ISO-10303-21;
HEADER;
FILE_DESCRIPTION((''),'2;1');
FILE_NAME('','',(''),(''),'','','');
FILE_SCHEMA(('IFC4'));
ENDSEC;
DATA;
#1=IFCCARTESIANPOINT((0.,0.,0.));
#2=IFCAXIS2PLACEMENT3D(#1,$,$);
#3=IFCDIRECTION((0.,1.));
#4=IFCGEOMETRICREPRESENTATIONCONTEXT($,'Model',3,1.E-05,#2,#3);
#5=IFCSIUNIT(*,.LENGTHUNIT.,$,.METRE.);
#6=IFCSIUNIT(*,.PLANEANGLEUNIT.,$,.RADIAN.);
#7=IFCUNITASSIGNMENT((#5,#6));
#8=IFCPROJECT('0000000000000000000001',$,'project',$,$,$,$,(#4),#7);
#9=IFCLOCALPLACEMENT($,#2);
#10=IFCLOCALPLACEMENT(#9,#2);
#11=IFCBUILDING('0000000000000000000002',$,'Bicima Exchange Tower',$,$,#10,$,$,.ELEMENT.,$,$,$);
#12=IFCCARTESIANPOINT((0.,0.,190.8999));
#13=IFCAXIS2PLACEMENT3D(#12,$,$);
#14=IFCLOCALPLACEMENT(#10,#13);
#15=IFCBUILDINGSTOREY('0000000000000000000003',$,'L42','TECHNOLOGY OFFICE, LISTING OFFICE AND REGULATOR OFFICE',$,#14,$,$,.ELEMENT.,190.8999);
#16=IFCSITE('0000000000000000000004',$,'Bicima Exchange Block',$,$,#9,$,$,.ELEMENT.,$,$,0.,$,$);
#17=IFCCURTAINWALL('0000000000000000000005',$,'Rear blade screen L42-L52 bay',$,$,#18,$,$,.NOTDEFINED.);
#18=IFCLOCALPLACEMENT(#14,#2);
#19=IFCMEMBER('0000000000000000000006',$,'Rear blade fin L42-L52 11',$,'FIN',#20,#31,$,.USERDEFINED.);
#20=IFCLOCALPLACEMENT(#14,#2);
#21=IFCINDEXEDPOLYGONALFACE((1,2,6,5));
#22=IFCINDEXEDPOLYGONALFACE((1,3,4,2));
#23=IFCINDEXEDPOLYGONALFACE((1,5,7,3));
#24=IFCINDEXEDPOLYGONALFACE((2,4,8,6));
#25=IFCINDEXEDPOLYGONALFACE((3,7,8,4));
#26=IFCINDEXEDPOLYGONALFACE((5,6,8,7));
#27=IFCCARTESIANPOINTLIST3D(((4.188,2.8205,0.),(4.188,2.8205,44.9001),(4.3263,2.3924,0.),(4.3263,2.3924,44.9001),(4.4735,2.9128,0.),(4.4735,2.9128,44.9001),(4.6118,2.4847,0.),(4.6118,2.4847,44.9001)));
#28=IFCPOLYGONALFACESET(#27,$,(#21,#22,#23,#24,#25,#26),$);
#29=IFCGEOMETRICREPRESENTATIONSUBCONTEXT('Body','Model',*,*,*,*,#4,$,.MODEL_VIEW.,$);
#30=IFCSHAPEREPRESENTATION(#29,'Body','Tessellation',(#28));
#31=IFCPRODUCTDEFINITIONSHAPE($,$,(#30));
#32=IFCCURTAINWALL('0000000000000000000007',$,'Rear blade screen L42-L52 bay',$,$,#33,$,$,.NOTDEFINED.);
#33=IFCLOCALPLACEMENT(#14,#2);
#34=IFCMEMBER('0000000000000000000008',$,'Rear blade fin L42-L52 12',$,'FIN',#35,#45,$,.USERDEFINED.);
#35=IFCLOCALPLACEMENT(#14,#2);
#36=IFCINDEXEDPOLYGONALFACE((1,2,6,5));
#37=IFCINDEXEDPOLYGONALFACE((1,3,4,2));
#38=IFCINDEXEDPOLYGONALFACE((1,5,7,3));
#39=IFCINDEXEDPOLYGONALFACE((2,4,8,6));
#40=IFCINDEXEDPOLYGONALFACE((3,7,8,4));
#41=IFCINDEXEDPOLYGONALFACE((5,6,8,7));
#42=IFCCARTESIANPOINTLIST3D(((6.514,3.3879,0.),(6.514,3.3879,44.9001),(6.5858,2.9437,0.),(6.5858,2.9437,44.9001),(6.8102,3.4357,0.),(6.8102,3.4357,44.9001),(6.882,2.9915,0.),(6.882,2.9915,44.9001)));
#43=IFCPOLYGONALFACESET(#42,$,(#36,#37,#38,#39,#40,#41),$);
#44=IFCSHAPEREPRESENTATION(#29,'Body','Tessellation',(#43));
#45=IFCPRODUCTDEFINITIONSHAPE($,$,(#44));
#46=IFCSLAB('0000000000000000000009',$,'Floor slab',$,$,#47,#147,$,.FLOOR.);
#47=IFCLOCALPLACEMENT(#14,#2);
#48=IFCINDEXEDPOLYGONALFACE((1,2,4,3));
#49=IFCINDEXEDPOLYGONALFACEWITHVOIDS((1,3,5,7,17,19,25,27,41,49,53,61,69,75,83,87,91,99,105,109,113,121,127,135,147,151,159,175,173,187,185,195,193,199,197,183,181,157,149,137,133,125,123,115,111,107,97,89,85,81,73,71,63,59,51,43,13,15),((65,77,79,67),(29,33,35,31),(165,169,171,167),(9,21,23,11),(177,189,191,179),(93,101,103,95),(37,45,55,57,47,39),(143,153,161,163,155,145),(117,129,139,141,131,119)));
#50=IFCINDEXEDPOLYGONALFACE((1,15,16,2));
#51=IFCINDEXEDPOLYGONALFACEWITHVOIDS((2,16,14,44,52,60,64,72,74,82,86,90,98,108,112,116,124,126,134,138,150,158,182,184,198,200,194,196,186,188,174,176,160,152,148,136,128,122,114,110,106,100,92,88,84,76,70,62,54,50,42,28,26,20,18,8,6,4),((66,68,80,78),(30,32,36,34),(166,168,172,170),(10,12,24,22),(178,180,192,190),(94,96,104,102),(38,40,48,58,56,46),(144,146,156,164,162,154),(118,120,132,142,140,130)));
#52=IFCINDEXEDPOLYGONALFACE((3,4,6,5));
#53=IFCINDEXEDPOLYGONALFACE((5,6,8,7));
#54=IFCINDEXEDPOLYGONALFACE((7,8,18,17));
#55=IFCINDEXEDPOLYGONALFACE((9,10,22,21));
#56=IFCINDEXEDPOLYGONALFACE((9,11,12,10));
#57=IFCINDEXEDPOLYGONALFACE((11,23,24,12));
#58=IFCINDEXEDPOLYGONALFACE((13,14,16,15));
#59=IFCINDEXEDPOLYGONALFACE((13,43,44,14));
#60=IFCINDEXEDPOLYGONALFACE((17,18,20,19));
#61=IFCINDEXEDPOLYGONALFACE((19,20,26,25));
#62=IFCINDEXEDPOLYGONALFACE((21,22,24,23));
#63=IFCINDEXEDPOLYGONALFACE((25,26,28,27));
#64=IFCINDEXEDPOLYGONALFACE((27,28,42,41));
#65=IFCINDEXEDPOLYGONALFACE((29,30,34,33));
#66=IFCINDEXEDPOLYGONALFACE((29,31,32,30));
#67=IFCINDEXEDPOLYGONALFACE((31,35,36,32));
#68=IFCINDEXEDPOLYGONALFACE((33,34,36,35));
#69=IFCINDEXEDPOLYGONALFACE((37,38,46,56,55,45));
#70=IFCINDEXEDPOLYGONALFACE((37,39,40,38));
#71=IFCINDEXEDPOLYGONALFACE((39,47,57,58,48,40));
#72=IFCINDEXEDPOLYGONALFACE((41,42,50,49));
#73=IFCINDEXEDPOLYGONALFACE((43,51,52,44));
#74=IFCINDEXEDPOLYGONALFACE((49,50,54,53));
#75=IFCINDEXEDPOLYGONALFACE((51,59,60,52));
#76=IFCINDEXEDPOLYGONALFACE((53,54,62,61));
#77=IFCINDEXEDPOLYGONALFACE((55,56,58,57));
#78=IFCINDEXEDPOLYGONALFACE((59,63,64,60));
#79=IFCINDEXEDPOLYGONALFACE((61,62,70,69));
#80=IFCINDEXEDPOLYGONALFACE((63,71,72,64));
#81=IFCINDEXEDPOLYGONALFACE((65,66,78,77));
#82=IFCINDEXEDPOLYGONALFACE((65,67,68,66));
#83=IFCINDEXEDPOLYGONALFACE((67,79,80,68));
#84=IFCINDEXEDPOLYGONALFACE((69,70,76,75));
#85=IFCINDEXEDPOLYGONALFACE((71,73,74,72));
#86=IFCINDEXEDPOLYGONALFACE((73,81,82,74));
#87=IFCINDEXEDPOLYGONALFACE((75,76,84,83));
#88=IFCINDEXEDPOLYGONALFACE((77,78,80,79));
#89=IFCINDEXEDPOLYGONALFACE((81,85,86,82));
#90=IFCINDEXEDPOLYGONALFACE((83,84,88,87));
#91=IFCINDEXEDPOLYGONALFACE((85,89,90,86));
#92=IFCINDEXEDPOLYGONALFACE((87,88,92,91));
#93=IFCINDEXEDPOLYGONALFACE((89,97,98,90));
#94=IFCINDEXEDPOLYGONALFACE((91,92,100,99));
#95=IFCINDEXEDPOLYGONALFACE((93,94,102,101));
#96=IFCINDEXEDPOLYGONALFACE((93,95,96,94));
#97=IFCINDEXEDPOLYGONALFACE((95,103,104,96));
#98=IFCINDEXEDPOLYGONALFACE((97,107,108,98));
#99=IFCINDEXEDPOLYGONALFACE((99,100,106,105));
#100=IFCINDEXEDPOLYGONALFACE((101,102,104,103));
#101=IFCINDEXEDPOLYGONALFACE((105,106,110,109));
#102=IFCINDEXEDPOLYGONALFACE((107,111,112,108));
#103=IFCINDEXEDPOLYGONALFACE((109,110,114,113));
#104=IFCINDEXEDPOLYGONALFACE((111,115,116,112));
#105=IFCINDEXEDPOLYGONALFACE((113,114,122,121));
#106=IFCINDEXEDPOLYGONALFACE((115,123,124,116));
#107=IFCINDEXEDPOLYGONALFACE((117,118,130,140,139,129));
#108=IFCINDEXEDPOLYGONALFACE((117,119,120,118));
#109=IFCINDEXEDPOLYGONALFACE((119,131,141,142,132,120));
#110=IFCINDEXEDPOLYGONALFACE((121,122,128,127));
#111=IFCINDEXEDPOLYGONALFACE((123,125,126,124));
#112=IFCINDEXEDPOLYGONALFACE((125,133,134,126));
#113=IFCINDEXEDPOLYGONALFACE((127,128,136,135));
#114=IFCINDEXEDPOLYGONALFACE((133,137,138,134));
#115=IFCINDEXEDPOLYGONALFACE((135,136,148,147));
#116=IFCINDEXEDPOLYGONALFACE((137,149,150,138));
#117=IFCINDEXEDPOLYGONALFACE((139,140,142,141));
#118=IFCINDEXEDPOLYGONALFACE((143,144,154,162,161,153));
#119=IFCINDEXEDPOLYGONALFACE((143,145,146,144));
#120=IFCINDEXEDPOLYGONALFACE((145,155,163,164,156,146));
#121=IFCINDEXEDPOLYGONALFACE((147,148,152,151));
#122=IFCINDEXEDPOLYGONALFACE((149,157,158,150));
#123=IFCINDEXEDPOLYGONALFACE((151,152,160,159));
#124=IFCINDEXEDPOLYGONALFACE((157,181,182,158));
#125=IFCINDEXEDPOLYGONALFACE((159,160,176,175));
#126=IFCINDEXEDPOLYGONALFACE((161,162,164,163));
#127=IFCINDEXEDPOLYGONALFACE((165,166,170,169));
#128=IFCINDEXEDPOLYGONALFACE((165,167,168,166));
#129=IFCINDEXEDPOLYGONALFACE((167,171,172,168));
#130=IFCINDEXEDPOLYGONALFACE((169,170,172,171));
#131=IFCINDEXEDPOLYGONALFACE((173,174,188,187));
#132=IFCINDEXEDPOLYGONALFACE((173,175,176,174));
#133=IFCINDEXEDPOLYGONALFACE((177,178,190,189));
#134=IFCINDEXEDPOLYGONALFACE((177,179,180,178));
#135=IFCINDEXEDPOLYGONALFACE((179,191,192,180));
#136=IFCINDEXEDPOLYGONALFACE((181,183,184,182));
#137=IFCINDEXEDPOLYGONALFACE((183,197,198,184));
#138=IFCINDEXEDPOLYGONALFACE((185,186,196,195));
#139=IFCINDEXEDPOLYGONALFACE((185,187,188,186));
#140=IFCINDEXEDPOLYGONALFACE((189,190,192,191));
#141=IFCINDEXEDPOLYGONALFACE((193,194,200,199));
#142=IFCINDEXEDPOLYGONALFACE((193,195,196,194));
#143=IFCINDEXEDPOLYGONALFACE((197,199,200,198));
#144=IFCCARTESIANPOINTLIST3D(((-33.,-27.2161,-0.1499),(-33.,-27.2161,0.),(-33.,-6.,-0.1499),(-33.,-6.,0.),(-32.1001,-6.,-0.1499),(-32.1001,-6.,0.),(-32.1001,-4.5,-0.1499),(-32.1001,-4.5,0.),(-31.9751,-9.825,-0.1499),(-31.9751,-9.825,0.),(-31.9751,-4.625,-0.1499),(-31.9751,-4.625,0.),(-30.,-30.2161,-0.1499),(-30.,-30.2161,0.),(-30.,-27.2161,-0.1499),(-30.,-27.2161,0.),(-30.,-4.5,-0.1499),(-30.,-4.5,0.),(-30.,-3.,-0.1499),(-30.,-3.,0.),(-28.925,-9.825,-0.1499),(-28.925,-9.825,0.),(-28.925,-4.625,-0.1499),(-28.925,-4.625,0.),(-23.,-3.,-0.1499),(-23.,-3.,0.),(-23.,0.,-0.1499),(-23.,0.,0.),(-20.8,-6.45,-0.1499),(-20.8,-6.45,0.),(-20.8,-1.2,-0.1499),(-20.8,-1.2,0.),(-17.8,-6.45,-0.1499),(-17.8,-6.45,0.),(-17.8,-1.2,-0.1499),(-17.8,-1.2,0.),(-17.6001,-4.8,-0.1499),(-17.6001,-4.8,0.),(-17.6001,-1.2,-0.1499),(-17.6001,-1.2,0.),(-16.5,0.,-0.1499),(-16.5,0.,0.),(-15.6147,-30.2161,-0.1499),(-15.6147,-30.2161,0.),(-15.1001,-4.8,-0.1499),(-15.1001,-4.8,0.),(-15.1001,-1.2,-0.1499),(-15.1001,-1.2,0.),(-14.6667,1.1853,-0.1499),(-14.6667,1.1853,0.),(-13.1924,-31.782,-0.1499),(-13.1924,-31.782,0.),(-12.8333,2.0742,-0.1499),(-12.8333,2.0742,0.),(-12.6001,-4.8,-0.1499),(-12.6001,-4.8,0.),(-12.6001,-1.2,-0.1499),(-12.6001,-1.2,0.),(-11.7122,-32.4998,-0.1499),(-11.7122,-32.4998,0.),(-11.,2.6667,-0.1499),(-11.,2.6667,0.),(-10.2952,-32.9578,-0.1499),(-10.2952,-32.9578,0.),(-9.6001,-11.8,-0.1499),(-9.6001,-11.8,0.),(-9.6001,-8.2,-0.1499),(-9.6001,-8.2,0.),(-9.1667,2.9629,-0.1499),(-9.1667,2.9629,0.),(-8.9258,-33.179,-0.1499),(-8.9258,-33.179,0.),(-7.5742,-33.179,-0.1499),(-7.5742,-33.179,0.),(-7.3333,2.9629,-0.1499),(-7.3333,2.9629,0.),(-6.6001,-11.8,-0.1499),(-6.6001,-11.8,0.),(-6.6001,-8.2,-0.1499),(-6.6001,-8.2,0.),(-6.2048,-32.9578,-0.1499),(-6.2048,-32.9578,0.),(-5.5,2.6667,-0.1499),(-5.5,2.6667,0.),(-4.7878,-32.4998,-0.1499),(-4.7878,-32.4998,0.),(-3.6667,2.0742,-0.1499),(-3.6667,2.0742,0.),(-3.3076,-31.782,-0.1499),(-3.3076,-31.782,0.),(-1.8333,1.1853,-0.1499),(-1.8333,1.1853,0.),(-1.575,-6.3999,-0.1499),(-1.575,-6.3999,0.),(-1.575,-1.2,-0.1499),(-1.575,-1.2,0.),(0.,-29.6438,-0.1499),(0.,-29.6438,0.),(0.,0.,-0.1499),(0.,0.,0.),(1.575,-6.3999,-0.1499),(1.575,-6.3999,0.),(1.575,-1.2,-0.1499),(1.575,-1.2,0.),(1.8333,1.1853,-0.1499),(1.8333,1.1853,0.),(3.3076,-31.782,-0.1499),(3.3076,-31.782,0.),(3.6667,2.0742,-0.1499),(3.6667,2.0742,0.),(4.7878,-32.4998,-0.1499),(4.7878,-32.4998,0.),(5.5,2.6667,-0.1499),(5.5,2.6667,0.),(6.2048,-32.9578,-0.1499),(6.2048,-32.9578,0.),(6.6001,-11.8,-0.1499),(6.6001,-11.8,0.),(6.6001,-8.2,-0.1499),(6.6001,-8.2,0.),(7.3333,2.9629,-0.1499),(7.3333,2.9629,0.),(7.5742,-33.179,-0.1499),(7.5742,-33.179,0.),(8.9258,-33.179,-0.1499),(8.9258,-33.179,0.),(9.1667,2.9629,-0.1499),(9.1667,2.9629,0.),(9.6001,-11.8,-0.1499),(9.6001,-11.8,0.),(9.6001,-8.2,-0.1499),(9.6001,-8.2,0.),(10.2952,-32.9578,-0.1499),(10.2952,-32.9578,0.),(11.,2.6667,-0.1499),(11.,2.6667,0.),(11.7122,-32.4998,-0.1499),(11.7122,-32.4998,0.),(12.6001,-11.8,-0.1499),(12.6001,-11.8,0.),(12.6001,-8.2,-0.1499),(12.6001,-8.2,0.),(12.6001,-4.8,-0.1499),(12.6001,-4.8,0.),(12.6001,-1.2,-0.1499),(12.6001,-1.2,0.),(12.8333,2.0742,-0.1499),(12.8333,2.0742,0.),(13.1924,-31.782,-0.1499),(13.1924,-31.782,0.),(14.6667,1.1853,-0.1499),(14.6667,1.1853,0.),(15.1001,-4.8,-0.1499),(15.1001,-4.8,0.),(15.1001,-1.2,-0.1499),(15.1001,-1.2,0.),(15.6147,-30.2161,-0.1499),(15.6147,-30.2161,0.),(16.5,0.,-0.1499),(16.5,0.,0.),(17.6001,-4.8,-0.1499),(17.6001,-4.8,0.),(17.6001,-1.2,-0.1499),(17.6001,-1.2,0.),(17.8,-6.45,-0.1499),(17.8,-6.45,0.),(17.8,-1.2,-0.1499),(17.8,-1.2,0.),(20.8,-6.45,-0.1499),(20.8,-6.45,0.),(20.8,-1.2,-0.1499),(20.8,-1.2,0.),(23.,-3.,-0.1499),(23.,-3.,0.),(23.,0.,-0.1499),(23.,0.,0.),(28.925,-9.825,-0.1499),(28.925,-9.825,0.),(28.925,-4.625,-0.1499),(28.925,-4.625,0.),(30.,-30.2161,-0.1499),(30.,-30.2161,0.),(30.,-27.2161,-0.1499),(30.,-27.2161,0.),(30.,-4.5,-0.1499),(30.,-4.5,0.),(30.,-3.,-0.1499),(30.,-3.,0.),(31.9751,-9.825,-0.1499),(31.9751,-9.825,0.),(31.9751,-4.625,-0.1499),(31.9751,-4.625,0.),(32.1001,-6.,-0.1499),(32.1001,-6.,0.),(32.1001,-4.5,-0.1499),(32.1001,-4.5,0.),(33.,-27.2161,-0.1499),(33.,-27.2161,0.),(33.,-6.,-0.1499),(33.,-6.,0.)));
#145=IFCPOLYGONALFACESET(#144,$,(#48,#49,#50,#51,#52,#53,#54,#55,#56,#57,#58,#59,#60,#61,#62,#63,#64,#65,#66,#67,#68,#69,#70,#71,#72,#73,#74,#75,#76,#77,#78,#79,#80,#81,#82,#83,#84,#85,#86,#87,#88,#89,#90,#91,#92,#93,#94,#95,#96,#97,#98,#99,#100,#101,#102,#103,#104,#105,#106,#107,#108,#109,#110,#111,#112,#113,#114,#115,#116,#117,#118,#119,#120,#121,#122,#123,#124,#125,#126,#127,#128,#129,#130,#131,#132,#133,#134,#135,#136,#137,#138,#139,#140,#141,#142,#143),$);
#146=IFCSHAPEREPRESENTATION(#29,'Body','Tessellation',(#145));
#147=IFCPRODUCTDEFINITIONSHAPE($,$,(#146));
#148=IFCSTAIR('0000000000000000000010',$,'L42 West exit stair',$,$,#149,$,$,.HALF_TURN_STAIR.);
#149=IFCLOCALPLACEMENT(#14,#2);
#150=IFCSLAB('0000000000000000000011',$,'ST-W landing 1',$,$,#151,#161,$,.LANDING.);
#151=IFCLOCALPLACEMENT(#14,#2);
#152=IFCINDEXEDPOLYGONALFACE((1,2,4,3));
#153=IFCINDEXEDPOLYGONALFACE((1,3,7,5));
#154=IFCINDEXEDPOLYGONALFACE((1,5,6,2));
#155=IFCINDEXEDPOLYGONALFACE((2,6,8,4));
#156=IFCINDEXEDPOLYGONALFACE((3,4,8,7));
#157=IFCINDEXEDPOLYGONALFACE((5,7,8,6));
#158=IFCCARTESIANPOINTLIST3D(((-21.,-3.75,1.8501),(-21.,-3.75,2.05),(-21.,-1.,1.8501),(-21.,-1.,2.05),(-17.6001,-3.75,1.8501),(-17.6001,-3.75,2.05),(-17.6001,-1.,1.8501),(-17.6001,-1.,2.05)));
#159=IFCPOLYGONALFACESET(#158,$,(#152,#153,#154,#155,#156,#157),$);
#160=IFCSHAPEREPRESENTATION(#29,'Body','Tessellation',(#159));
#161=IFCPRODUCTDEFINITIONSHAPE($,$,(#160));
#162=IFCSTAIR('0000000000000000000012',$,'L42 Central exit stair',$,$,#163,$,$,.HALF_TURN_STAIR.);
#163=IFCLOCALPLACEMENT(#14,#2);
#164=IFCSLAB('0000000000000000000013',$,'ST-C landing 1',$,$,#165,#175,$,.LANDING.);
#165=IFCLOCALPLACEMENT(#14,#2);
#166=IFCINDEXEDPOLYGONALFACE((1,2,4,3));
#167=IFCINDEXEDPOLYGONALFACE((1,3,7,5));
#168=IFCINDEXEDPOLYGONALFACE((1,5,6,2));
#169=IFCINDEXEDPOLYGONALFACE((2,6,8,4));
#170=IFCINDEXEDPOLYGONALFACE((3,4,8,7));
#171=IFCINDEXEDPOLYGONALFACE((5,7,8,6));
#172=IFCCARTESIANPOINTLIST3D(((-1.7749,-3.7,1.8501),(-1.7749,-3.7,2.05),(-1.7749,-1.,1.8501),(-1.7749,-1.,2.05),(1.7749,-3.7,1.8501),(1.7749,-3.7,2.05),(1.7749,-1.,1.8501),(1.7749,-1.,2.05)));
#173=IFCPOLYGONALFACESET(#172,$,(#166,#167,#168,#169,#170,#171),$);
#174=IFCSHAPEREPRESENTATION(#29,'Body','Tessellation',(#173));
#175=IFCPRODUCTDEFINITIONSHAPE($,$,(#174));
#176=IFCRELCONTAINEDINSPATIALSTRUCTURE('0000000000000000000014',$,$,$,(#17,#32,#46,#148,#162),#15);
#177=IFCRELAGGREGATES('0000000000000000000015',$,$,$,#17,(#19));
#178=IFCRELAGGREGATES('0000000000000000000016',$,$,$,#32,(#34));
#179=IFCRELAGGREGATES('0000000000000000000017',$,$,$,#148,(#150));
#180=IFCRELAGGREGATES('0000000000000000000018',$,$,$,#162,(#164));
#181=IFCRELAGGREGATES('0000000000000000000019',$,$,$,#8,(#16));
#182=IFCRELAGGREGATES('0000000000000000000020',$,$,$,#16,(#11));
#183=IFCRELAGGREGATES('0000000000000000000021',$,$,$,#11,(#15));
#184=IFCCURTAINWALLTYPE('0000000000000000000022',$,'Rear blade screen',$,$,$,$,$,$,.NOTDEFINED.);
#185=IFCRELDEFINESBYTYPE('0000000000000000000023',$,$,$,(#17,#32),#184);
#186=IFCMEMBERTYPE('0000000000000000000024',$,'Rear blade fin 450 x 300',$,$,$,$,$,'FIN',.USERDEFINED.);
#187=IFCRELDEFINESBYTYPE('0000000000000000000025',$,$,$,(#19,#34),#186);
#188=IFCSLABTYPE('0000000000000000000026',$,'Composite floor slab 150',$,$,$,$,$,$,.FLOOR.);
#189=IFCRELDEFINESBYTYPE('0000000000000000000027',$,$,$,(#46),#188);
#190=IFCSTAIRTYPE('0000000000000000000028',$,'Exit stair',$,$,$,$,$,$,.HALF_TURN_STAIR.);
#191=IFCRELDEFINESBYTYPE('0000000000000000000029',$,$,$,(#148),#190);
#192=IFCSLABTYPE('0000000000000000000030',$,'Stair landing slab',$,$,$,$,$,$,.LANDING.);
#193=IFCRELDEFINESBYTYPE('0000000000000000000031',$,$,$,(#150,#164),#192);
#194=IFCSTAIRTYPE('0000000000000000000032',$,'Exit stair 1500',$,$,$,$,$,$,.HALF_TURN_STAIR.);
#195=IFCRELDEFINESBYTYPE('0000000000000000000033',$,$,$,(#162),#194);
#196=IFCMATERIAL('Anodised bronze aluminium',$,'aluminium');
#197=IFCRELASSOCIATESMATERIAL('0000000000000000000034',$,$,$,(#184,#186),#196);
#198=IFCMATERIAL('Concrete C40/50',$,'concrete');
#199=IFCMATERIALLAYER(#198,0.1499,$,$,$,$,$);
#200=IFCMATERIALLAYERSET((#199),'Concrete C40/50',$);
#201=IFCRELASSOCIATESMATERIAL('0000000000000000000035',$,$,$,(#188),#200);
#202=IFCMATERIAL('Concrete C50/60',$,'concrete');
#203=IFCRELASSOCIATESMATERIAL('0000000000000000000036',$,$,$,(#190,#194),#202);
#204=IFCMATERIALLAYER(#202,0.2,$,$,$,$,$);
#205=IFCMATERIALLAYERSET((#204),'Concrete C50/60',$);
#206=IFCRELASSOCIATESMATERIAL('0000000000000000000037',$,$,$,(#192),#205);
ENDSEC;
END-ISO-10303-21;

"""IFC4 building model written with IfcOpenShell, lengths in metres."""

from ifc_helpers import new_model, si_unit, direction, frame, origin, origin_2d, place, context, subcontext, project, spatial, polyline, rectangle, outline, extrude, material, layer, layer_set, material_profile, profile_set, type_object, element, aggregate, save


model = new_model("IFC4")

# Units and contexts
model_context = context("Model", 3, precision=1e-05, world=origin(), true_north=direction((0.0, 1.0)))
body_context = subcontext(model_context, "Body", "Model", "MODEL_VIEW")
ifc_project = project(units=[si_unit("LENGTHUNIT", "METRE"), si_unit("PLANEANGLEUNIT", "RADIAN")], contexts=[model_context])

# Site, building, storey
site_placement = place(None, origin())
site = spatial("IfcSite", under=ifc_project, at=site_placement, Name="Bicima Exchange Block", CompositionType="ELEMENT", RefElevation=0.0)
building_placement = place(site_placement, origin())
building = spatial("IfcBuilding", under=site, at=building_placement, Name="Bicima Exchange Tower", CompositionType="ELEMENT")
storey_placement = place(building_placement, frame((0.0, 0.0, 190.8999)))
storey = spatial("IfcBuildingStorey", under=building, at=storey_placement, Name="L42", Description="TECHNOLOGY OFFICE, LISTING OFFICE AND REGULATOR OFFICE", CompositionType="ELEMENT", Elevation=190.8999)

# Curtain walls, members
ifc_material_1 = material(Name="Anodised bronze aluminium", Category="aluminium")
curtain_wall_type = type_object("IfcCurtainWallType", Name="Rear blade screen", PredefinedType="NOTDEFINED", material=ifc_material_1)
curtain_wall_1_placement = place(storey_placement, origin())
curtain_wall_1 = element("IfcCurtainWall", 1, at=curtain_wall_1_placement, inside=storey, type_object=curtain_wall_type, Name="Rear blade screen L42-L52 bay", PredefinedType="NOTDEFINED")
ifc_material_profile = material_profile(ifc_material_1, rectangle(XDim=0.45, YDim=0.3, at=origin_2d()))
ifc_profile_set = profile_set([ifc_material_profile], Name="Anodised bronze aluminium")
member_type = type_object("IfcMemberType", Name="Rear blade fin 450 x 300", ElementType="FIN", PredefinedType="USERDEFINED", material=ifc_profile_set)
member_1_placement = place(storey_placement, frame((4.3999, 2.6526, 0.0), z_axis=(0.0, 0.0, 1.0), x_axis=(-0.307568, 0.951526, 0.0)))
member_1 = element("IfcMember", 2, at=member_1_placement, type_object=member_type, Name="Rear blade fin L42-L52 11", ObjectType="FIN", PredefinedType="USERDEFINED", context=body_context, shape_type="SweptSolid", body=[
    extrude(rectangle(XDim=0.45, YDim=0.3, at=origin_2d()), origin(), (0.0, 0.0, 1.0), 44.9001),
])
aggregate(curtain_wall_1, [member_1])
curtain_wall_2_placement = place(storey_placement, origin())
curtain_wall_2 = element("IfcCurtainWall", 3, at=curtain_wall_2_placement, inside=storey, type_object=curtain_wall_type, Name="Rear blade screen L42-L52 bay", PredefinedType="NOTDEFINED")
member_2_placement = place(storey_placement, frame((6.698, 3.1897, 0.0), z_axis=(0.0, 0.0, 1.0), x_axis=(-0.159549, 0.98719, 0.0)))
member_2 = element("IfcMember", 4, at=member_2_placement, type_object=member_type, Name="Rear blade fin L42-L52 12", ObjectType="FIN", PredefinedType="USERDEFINED", context=body_context, shape_type="SweptSolid", body=[
    extrude(rectangle(XDim=0.45, YDim=0.3, at=origin_2d()), origin(), (0.0, 0.0, 1.0), 44.9001),
])
aggregate(curtain_wall_2, [member_2])

# Slab
ifc_material_2 = material(Name="Concrete C40/50", Category="concrete")
ifc_layer_1 = layer(ifc_material_2, 0.1499)
ifc_layer_set_1 = layer_set([ifc_layer_1], Name="Concrete C40/50")
slab_type_1 = type_object("IfcSlabType", Name="Composite floor slab 150", PredefinedType="FLOOR", material=ifc_layer_set_1)
slab_1_placement = place(storey_placement, frame((0.0, 0.0, -0.1499)))
element("IfcSlab", 5, at=slab_1_placement, inside=storey, type_object=slab_type_1, Name="Floor slab", PredefinedType="FLOOR", context=body_context, shape_type="SweptSolid", body=[
    extrude(outline(polyline([(30.0, -30.2161), (15.6147, -30.2161), (13.1924, -31.782), (11.7122, -32.4998), (10.2952, -32.9578), (8.9258, -33.179), (7.5742, -33.179), (6.2048, -32.9578), (4.7878, -32.4998), (3.3076, -31.782), (0.0, -29.6438), (-3.3076, -31.782), (-4.7878, -32.4998), (-6.2048, -32.9578), (-7.5742, -33.179), (-8.9258, -33.179), (-10.2952, -32.9578), (-11.7122, -32.4998), (-13.1924, -31.782), (-15.6147, -30.2161), (-30.0, -30.2161), (-30.0, -27.2161), (-33.0, -27.2161), (-33.0, -6.0), (-32.1001, -6.0), (-32.1001, -4.5), (-30.0, -4.5), (-30.0, -3.0), (-23.0, -3.0), (-23.0, 0.0), (-16.5, 0.0), (-14.6667, 1.1853), (-12.8333, 2.0742), (-11.0, 2.6667), (-9.1667, 2.9629), (-7.3333, 2.9629), (-5.5, 2.6667), (-3.6667, 2.0742), (-1.8333, 1.1853), (0.0, 0.0), (1.8333, 1.1853), (3.6667, 2.0742), (5.5, 2.6667), (7.3333, 2.9629), (9.1667, 2.9629), (11.0, 2.6667), (12.8333, 2.0742), (14.6667, 1.1853), (16.5, 0.0), (23.0, 0.0), (23.0, -3.0), (30.0, -3.0), (30.0, -4.5), (32.1001, -4.5), (32.1001, -6.0), (33.0, -6.0), (33.0, -27.2161), (30.0, -27.2161), (30.0, -30.2161)]), holes=[polyline([(-6.6001, -11.8), (-6.6001, -8.2), (-9.6001, -8.2), (-9.6001, -11.8), (-6.6001, -11.8)]), polyline([(-31.9751, -9.825), (-28.925, -9.825), (-28.925, -4.625), (-31.9751, -4.625), (-31.9751, -9.825)]), polyline([(-20.8, -6.45), (-17.8, -6.45), (-17.8, -1.2), (-20.8, -1.2), (-20.8, -6.45)]), polyline([(1.575, -6.3999), (1.575, -1.2), (-1.575, -1.2), (-1.575, -6.3999), (1.575, -6.3999)]), polyline([(-12.6001, -4.8), (-12.6001, -1.2), (-15.1001, -1.2), (-17.6001, -1.2), (-17.6001, -4.8), (-15.1001, -4.8), (-12.6001, -4.8)]), polyline([(12.6001, -8.2), (9.6001, -8.2), (6.6001, -8.2), (6.6001, -11.8), (9.6001, -11.8), (12.6001, -11.8), (12.6001, -8.2)]), polyline([(28.925, -9.825), (31.9751, -9.825), (31.9751, -4.625), (28.925, -4.625), (28.925, -9.825)]), polyline([(20.8, -6.45), (20.8, -1.2), (17.8, -1.2), (17.8, -6.45), (20.8, -6.45)]), polyline([(17.6001, -4.8), (17.6001, -1.2), (15.1001, -1.2), (12.6001, -1.2), (12.6001, -4.8), (15.1001, -4.8), (17.6001, -4.8)])]), origin(), (0.0, 0.0, 1.0), 0.1499),
])

# Stairs, slabs
ifc_material_3 = material(Name="Concrete C50/60", Category="concrete")
stair_type_1 = type_object("IfcStairType", Name="Exit stair", PredefinedType="HALF_TURN_STAIR", material=ifc_material_3)
stair_1_placement = place(storey_placement, origin())
stair_1 = element("IfcStair", 6, at=stair_1_placement, inside=storey, type_object=stair_type_1, Name="L42 West exit stair", PredefinedType="HALF_TURN_STAIR")
ifc_layer_2 = layer(ifc_material_3, 0.2)
ifc_layer_set_2 = layer_set([ifc_layer_2], Name="Concrete C50/60")
slab_type_2 = type_object("IfcSlabType", Name="Stair landing slab", PredefinedType="LANDING", material=ifc_layer_set_2)
slab_2_placement = place(storey_placement, frame((0.0, 0.0, 1.8501)))
slab_2 = element("IfcSlab", 7, at=slab_2_placement, type_object=slab_type_2, Name="ST-W landing 1", PredefinedType="LANDING", context=body_context, shape_type="SweptSolid", body=[
    extrude(outline(polyline([(-17.6001, -3.75), (-17.6001, -1.0), (-21.0, -1.0), (-21.0, -3.75), (-17.6001, -3.75)])), origin(), (0.0, 0.0, 1.0), 0.2),
])
aggregate(stair_1, [slab_2])
stair_type_2 = type_object("IfcStairType", Name="Exit stair 1500", PredefinedType="HALF_TURN_STAIR", material=ifc_material_3)
stair_2_placement = place(storey_placement, origin())
stair_2 = element("IfcStair", 8, at=stair_2_placement, inside=storey, type_object=stair_type_2, Name="L42 Central exit stair", PredefinedType="HALF_TURN_STAIR")
slab_3_placement = place(storey_placement, frame((0.0, 0.0, 1.8501)))
slab_3 = element("IfcSlab", 9, at=slab_3_placement, type_object=slab_type_2, Name="ST-C landing 1", PredefinedType="LANDING", context=body_context, shape_type="SweptSolid", body=[
    extrude(outline(polyline([(1.7749, -3.7), (1.7749, -1.0), (-1.7749, -1.0), (-1.7749, -3.7), (1.7749, -3.7)])), origin(), (0.0, 0.0, 1.0), 0.2),
])

aggregate(stair_2, [slab_3])

save(model, "model.ifc")
